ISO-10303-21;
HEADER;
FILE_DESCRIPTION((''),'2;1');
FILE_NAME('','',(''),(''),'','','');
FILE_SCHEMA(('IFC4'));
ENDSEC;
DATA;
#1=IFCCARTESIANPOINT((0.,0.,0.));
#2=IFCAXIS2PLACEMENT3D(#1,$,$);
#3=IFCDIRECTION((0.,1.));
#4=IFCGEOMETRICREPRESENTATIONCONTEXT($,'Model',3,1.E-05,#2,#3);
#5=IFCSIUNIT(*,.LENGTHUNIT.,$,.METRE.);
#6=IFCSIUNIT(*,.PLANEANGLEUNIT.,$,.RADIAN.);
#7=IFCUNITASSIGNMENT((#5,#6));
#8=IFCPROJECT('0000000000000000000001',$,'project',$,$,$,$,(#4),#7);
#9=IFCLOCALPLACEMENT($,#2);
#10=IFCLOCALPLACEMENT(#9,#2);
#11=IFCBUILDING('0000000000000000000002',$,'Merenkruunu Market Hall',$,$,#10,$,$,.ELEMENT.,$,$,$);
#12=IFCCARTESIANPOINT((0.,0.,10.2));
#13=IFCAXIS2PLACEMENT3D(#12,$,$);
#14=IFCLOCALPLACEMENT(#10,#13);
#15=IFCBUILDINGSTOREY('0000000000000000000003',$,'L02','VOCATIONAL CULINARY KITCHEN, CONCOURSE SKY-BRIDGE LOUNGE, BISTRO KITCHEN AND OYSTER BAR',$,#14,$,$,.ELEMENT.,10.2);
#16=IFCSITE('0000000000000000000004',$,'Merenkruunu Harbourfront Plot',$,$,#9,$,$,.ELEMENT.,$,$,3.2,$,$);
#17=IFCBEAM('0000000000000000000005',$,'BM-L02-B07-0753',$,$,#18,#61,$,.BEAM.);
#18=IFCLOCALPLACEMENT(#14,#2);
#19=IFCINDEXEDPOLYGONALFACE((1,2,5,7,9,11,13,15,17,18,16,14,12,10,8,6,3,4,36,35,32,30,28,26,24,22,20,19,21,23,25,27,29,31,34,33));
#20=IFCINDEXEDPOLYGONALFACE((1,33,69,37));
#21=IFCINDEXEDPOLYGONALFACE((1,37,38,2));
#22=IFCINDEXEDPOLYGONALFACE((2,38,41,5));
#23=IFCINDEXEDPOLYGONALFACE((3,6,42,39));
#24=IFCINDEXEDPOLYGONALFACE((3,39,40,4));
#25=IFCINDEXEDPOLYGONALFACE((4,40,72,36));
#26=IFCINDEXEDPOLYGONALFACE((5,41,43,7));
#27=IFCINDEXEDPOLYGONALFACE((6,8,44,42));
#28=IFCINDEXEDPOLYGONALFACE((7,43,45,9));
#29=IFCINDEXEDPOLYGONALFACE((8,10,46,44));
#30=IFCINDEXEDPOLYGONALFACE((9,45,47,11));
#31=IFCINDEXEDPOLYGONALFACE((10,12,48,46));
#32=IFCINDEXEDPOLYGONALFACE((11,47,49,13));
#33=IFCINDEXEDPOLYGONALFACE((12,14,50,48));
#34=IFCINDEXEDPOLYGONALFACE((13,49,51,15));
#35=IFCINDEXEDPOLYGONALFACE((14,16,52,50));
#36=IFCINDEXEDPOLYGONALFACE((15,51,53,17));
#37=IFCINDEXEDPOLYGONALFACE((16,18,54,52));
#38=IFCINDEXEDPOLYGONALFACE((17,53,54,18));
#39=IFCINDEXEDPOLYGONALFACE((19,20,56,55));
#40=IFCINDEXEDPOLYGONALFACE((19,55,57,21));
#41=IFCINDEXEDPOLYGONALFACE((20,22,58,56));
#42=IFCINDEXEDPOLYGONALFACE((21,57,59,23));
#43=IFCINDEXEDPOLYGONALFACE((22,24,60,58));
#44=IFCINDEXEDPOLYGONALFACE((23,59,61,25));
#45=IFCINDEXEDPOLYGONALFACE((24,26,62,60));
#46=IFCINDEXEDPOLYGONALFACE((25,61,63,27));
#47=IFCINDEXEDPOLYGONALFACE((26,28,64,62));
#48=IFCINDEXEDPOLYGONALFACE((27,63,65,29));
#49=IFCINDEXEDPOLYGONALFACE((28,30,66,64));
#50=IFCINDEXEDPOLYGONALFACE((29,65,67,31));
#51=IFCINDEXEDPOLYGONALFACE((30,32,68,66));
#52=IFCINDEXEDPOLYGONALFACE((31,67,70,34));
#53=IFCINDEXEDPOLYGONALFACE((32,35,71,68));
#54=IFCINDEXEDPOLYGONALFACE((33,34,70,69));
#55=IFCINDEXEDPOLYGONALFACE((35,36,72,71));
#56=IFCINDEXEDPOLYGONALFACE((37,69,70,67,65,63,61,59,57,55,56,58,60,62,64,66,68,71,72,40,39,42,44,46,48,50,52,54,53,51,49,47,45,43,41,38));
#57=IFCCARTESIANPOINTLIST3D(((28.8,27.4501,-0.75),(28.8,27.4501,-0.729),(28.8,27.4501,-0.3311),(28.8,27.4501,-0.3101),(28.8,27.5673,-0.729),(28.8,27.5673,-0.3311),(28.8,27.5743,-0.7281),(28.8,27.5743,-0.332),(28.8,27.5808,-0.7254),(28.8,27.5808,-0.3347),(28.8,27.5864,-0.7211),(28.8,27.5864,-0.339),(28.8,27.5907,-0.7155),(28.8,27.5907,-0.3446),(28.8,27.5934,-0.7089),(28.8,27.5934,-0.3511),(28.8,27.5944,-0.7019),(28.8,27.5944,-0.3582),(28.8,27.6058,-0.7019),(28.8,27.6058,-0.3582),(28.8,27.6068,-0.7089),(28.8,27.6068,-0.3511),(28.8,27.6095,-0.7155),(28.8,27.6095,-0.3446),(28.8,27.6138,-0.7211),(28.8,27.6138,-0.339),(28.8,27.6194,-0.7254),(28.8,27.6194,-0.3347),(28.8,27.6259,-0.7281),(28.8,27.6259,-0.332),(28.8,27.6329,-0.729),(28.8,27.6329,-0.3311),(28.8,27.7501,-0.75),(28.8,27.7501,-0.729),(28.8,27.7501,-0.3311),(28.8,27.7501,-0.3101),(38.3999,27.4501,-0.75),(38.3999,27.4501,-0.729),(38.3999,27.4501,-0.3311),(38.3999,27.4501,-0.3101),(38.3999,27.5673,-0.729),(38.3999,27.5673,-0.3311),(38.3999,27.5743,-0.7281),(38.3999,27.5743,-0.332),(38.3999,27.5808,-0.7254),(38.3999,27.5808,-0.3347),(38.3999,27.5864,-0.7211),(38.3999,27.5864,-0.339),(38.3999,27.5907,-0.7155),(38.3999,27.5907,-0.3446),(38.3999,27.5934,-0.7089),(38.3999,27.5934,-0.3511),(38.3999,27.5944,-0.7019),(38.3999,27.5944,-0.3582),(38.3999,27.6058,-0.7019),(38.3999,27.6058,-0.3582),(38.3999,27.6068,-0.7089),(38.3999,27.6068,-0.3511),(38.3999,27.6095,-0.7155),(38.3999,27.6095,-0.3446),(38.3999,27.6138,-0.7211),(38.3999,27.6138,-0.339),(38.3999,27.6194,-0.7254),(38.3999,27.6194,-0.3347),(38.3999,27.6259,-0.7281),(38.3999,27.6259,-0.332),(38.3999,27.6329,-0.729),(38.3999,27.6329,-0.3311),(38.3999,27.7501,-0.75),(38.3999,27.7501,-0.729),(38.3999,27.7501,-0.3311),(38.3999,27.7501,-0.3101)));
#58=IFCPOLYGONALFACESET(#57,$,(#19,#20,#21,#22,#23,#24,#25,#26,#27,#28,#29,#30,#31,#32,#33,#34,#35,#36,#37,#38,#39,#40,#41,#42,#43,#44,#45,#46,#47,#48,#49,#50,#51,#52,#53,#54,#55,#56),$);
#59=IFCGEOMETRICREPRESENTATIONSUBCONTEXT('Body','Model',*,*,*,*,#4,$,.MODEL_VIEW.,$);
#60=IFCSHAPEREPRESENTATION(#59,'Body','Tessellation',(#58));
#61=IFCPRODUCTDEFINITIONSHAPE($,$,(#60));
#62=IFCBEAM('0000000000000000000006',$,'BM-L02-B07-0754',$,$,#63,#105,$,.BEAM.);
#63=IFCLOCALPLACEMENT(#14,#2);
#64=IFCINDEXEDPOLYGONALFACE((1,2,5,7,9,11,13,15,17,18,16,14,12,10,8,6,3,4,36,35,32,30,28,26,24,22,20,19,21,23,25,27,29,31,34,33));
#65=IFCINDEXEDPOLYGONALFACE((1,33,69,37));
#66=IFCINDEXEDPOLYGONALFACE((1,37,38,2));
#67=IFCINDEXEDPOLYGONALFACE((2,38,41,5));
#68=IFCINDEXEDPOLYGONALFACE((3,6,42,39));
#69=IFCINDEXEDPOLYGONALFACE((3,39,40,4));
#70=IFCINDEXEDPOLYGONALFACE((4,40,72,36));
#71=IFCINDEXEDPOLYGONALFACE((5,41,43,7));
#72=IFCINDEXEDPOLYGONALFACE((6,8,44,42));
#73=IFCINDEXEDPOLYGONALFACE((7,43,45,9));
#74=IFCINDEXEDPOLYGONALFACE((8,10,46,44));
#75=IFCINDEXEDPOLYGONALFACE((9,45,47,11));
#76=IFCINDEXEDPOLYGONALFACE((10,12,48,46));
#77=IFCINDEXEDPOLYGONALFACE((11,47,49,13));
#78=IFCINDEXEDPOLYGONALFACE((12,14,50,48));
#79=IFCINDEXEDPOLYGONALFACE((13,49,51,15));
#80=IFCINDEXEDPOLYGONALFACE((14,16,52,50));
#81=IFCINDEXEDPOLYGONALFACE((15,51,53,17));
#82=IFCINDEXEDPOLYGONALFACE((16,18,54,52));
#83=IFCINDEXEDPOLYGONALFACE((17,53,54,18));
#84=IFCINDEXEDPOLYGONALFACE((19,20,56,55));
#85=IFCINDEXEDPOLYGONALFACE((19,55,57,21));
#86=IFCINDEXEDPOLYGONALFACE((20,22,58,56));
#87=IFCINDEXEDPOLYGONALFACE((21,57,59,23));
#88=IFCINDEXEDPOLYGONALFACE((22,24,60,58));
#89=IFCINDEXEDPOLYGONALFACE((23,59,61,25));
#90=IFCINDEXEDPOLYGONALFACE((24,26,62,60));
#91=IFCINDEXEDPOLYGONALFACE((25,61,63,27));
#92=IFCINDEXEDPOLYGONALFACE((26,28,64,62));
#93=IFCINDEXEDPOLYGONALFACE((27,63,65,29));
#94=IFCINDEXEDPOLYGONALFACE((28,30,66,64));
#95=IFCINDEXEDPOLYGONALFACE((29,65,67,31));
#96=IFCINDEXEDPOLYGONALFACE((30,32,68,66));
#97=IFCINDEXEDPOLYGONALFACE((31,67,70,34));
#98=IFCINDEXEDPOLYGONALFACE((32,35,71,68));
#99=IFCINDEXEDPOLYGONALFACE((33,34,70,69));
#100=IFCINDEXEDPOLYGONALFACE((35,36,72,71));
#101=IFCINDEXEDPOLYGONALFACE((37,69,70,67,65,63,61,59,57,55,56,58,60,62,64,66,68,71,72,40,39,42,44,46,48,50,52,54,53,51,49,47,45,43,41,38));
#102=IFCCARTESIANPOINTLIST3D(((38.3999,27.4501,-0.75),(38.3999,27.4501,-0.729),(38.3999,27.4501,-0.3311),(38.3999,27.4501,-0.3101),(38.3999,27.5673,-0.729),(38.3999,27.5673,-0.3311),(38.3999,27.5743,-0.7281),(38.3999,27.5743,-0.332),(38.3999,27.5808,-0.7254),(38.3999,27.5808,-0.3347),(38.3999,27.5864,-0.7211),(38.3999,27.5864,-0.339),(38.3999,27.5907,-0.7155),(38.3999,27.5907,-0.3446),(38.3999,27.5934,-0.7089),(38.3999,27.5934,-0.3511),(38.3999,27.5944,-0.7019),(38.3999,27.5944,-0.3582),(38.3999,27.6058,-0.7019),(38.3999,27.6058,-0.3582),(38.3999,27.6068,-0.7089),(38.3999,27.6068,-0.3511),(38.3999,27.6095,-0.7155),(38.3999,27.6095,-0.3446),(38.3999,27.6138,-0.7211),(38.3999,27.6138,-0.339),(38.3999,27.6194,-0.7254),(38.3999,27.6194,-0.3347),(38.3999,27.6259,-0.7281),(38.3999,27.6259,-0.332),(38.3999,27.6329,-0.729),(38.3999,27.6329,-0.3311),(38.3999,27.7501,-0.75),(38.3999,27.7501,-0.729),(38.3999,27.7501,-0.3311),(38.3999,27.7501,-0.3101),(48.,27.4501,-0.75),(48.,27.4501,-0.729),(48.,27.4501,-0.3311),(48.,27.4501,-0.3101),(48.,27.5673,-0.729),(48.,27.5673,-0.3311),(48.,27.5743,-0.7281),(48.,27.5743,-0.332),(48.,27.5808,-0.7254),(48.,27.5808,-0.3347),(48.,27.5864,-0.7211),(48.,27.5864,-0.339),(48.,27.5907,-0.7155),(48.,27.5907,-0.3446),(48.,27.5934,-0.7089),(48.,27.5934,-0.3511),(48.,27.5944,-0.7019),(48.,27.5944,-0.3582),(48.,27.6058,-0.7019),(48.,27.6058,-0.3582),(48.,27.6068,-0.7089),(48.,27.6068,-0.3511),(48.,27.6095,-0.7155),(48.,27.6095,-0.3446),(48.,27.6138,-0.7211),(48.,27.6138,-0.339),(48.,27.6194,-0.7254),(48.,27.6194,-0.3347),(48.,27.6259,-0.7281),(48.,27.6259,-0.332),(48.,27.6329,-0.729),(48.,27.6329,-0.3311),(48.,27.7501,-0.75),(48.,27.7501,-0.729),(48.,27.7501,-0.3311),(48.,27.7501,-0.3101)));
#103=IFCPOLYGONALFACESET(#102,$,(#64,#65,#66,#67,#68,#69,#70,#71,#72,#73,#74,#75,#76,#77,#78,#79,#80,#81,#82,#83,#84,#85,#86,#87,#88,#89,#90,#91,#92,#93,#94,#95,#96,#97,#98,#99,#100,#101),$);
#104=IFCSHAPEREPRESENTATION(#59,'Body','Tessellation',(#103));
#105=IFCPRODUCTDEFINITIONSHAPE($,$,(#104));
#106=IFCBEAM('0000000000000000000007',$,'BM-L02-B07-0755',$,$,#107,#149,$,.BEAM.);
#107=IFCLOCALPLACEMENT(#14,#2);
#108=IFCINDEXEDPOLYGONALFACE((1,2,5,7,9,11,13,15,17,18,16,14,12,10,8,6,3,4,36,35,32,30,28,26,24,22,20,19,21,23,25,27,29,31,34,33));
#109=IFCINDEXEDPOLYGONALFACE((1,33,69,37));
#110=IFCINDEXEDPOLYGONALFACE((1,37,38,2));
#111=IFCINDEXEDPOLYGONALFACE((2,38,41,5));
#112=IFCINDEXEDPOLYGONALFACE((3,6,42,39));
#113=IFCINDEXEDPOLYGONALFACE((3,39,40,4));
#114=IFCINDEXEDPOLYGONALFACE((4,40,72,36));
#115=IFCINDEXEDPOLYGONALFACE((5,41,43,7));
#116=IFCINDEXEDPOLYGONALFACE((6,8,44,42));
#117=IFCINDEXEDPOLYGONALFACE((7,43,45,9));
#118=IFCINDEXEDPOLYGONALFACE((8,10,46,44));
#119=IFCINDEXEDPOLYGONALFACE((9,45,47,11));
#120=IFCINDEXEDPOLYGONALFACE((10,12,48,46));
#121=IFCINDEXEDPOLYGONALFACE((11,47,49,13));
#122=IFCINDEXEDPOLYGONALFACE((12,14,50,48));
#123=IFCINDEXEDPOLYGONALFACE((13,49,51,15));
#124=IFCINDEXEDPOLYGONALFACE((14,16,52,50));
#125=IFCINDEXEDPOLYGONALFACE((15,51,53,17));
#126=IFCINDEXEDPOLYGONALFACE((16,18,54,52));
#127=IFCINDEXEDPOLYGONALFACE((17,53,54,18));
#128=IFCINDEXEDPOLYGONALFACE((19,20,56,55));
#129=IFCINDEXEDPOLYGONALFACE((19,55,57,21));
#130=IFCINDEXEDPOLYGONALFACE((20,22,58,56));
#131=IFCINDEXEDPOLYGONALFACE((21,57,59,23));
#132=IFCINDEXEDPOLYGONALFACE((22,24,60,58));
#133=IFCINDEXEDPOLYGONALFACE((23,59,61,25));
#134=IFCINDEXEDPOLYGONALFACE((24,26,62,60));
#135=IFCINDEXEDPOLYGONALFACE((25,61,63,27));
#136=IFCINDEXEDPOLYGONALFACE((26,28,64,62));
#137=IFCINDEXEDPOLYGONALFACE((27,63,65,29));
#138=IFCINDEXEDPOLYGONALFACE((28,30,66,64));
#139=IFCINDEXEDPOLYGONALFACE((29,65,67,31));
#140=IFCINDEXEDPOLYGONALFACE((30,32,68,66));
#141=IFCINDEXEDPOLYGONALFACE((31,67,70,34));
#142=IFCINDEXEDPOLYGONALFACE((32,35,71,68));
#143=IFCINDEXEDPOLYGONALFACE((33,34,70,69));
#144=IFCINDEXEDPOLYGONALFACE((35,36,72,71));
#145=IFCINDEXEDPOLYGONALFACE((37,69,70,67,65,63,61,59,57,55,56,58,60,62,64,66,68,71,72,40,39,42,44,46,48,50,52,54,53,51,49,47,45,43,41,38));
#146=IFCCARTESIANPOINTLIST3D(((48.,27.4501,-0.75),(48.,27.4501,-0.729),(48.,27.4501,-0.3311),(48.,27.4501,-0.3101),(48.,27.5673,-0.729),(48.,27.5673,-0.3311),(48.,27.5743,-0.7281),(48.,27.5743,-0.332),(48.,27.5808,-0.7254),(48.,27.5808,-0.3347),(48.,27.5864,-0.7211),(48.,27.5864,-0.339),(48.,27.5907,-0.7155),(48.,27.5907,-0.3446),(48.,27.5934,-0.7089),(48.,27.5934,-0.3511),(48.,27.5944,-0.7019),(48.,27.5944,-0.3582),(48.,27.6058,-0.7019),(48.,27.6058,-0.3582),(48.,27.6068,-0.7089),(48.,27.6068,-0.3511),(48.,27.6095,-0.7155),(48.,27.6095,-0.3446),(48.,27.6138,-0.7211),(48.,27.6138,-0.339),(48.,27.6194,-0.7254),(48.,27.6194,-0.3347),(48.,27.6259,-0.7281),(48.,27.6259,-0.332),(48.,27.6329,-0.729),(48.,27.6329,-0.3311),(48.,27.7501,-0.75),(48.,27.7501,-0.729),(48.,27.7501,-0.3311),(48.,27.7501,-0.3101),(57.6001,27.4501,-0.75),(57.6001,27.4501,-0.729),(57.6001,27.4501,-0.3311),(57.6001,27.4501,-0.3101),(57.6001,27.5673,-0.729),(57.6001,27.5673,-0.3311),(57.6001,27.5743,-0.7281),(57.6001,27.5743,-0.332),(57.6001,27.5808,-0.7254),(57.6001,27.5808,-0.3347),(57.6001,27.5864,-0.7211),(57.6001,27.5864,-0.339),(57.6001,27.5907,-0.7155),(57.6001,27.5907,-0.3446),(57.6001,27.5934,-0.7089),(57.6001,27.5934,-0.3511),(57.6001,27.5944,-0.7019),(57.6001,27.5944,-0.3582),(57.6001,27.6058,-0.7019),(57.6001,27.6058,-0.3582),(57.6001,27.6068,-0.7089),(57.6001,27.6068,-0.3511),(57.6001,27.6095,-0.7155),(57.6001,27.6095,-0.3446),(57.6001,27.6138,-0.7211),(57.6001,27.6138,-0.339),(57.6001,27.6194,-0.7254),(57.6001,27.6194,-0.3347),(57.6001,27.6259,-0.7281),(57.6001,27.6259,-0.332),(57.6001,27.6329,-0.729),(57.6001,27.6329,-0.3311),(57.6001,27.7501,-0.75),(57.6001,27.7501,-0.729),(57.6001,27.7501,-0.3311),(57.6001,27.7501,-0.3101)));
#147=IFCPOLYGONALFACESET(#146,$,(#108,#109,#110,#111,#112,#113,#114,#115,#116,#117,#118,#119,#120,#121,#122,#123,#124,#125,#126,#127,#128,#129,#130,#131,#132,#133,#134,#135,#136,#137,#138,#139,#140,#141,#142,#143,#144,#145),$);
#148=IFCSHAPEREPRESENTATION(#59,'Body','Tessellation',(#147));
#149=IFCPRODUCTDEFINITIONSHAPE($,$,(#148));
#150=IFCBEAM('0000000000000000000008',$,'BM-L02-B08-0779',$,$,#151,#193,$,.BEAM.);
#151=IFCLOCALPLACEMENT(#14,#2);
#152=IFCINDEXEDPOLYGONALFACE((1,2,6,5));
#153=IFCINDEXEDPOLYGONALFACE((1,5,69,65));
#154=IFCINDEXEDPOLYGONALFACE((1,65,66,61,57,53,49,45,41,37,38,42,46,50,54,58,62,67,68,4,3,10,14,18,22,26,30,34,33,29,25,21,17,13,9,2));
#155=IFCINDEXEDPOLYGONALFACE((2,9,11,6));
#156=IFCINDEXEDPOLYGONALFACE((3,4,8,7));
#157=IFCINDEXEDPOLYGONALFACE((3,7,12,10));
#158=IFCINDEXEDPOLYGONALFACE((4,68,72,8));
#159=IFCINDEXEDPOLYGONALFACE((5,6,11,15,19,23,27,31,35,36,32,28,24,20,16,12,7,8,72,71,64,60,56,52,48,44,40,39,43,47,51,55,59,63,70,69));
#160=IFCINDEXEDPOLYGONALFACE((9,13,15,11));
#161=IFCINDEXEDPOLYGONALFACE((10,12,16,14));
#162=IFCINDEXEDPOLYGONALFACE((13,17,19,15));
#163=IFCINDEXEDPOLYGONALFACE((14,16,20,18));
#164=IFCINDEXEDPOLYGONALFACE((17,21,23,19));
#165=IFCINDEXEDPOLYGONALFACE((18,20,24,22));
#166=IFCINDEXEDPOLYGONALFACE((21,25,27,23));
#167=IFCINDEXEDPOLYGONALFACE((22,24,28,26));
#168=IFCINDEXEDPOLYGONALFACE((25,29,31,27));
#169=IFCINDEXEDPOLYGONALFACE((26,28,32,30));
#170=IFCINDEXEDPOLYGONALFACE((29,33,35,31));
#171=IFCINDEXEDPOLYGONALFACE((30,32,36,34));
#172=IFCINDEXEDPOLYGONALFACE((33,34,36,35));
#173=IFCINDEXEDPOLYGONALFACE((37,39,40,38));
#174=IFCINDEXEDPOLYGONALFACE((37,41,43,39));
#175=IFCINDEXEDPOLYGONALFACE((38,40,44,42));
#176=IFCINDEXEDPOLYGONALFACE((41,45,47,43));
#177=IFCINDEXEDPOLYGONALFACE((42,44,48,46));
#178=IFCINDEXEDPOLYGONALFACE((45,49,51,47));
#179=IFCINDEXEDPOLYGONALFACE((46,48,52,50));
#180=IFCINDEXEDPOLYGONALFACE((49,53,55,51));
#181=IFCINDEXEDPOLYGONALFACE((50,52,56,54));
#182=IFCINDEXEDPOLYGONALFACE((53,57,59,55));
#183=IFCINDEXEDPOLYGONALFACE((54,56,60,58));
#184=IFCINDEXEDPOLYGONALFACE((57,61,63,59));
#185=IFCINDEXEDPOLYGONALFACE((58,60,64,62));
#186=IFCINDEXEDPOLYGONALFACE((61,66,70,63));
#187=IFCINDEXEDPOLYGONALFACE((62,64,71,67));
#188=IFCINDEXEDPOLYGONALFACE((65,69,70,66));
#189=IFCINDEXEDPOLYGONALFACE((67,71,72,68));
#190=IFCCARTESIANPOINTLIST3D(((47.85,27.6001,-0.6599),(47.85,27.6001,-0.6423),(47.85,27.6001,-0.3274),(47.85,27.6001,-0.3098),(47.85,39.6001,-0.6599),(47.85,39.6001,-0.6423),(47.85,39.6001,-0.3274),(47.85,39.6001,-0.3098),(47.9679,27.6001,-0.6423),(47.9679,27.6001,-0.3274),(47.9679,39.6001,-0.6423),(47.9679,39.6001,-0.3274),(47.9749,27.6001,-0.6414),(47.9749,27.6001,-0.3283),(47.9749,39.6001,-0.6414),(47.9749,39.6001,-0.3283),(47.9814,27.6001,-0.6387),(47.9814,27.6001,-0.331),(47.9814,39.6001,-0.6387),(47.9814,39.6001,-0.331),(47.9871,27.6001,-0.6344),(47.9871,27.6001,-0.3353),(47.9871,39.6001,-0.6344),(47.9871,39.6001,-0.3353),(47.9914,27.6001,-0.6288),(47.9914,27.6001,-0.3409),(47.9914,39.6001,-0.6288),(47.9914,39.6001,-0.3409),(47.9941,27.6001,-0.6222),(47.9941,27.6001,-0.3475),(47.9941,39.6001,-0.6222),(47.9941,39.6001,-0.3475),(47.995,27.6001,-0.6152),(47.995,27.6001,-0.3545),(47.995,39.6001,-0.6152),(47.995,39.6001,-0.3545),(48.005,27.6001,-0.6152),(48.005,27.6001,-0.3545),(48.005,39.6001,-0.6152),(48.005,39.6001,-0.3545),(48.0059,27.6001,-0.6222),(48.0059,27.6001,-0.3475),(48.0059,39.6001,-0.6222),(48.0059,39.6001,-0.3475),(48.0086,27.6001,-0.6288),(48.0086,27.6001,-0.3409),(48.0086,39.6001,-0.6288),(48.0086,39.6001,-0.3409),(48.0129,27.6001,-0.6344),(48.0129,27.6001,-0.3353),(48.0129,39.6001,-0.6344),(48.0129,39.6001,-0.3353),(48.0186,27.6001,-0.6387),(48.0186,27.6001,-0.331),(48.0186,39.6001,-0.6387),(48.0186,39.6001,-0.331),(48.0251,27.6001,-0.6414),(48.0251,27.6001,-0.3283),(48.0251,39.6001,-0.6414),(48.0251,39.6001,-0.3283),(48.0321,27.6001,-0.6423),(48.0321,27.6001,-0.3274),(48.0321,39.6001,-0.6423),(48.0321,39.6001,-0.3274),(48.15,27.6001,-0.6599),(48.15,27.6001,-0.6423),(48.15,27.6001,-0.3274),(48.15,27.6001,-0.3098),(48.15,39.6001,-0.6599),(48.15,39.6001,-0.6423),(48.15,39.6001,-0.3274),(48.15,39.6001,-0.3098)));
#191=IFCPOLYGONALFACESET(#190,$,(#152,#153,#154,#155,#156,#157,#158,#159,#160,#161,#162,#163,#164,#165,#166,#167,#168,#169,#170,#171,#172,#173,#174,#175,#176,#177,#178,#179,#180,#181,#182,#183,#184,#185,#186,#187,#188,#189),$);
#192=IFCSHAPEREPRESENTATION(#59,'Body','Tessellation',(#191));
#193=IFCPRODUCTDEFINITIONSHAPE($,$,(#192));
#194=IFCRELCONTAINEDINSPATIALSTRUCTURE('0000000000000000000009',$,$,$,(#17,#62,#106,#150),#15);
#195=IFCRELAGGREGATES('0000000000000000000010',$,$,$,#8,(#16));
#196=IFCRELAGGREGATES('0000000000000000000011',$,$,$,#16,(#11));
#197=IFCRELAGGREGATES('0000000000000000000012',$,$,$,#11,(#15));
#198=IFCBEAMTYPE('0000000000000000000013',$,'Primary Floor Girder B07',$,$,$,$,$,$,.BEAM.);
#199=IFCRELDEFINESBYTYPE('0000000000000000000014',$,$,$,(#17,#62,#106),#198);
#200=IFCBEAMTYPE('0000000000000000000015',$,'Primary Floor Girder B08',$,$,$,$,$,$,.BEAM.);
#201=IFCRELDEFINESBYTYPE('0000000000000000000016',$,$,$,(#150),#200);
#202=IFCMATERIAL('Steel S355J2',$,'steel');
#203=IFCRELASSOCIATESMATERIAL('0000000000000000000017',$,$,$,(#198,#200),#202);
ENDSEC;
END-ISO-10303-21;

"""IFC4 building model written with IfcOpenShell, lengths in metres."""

from ifc_helpers import new_model, si_unit, direction, frame, origin, origin_2d, place, context, subcontext, project, spatial, i_section, extrude, material, material_profile, profile_set, type_object, element, save


model = new_model("IFC4")

# Units and contexts
model_context = context("Model", 3, precision=1e-05, world=origin(), true_north=direction((0.0, 1.0)))
body_context = subcontext(model_context, "Body", "Model", "MODEL_VIEW")
ifc_project = project(units=[si_unit("LENGTHUNIT", "METRE"), si_unit("PLANEANGLEUNIT", "RADIAN")], contexts=[model_context])

# Site, building, storey
site_placement = place(None, origin())
site = spatial("IfcSite", under=ifc_project, at=site_placement, Name="Merenkruunu Harbourfront Plot", CompositionType="ELEMENT", RefElevation=3.2)
building_placement = place(site_placement, origin())
building = spatial("IfcBuilding", under=site, at=building_placement, Name="Merenkruunu Market Hall", CompositionType="ELEMENT")
storey_placement = place(building_placement, frame((0.0, 0.0, 10.2)))
storey = spatial("IfcBuildingStorey", under=building, at=storey_placement, Name="L02", Description="VOCATIONAL CULINARY KITCHEN, CONCOURSE SKY-BRIDGE LOUNGE, BISTRO KITCHEN AND OYSTER BAR", CompositionType="ELEMENT", Elevation=10.2)

# Shared definitions
ifc_material_1 = material(Name="Steel S355J2", Category="steel")

# Beams
ifc_material_profile_1 = material_profile(ifc_material_1, i_section(OverallWidth=0.3, OverallDepth=0.4399, WebThickness=0.0115, FlangeThickness=0.021, FilletRadius=0.0271, at=origin_2d()), Name="HEA 450")
ifc_profile_set_1 = profile_set([ifc_material_profile_1], Name="Steel S355J2")
beam_type_1 = type_object("IfcBeamType", Name="Primary Floor Girder B07", PredefinedType="BEAM", material=ifc_profile_set_1)
beam_1_placement = place(storey_placement, frame((28.8, 27.6001, -0.53), z_axis=(1.0, 0.0, 0.0), x_axis=(0.0, 1.0, 0.0)))
element("IfcBeam", 1, at=beam_1_placement, inside=storey, type_object=beam_type_1, Name="BM-L02-B07-0753", PredefinedType="BEAM", context=body_context, shape_type="SweptSolid", body=[
    extrude(i_section(OverallWidth=0.3, OverallDepth=0.4399, WebThickness=0.0115, FlangeThickness=0.021, FilletRadius=0.0271, at=origin_2d()), origin(), (0.0, 0.0, 1.0), 9.5999),
])
for number, where, z_axis, x_axis, name in (
    (2, (38.3999, 27.6001, -0.53), (1.0, 0.0, 0.0), (0.0, 1.0, 0.0), "BM-L02-B07-0754"),
    (3, (48.0, 27.6001, -0.53), (1.0, 0.0, 0.0), (0.0, 1.0, 0.0), "BM-L02-B07-0755"),
):
    element("IfcBeam", number, at=place(storey_placement, frame(where, z_axis=z_axis, x_axis=x_axis)), inside=storey, type_object=beam_type_1, Name=name, PredefinedType="BEAM", context=body_context, shape_type="SweptSolid", body=[
        extrude(i_section(OverallWidth=0.3, OverallDepth=0.4399, WebThickness=0.0115, FlangeThickness=0.021, FilletRadius=0.0271, at=origin_2d()), origin(), (0.0, 0.0, 1.0), 9.6001),
    ])
ifc_material_profile_2 = material_profile(ifc_material_1, i_section(OverallWidth=0.3, OverallDepth=0.3501, WebThickness=0.01, FlangeThickness=0.0176, FilletRadius=0.0271, at=origin_2d()), Name="HEA 360")
ifc_profile_set_2 = profile_set([ifc_material_profile_2], Name="Steel S355J2")
beam_type_2 = type_object("IfcBeamType", Name="Primary Floor Girder B08", PredefinedType="BEAM", material=ifc_profile_set_2)
beam_2_placement = place(storey_placement, frame((48.0, 27.6001, -0.4849), z_axis=(0.0, 1.0, 0.0), x_axis=(-1.0, 0.0, 0.0)))
element("IfcBeam", 4, at=beam_2_placement, inside=storey, type_object=beam_type_2, Name="BM-L02-B08-0779", PredefinedType="BEAM", context=body_context, shape_type="SweptSolid", body=[
    extrude(i_section(OverallWidth=0.3, OverallDepth=0.3501, WebThickness=0.01, FlangeThickness=0.0176, FilletRadius=0.0271, at=origin_2d()), origin(), (0.0, 0.0, 1.0), 12.0),
])

save(model, "model.ifc")
